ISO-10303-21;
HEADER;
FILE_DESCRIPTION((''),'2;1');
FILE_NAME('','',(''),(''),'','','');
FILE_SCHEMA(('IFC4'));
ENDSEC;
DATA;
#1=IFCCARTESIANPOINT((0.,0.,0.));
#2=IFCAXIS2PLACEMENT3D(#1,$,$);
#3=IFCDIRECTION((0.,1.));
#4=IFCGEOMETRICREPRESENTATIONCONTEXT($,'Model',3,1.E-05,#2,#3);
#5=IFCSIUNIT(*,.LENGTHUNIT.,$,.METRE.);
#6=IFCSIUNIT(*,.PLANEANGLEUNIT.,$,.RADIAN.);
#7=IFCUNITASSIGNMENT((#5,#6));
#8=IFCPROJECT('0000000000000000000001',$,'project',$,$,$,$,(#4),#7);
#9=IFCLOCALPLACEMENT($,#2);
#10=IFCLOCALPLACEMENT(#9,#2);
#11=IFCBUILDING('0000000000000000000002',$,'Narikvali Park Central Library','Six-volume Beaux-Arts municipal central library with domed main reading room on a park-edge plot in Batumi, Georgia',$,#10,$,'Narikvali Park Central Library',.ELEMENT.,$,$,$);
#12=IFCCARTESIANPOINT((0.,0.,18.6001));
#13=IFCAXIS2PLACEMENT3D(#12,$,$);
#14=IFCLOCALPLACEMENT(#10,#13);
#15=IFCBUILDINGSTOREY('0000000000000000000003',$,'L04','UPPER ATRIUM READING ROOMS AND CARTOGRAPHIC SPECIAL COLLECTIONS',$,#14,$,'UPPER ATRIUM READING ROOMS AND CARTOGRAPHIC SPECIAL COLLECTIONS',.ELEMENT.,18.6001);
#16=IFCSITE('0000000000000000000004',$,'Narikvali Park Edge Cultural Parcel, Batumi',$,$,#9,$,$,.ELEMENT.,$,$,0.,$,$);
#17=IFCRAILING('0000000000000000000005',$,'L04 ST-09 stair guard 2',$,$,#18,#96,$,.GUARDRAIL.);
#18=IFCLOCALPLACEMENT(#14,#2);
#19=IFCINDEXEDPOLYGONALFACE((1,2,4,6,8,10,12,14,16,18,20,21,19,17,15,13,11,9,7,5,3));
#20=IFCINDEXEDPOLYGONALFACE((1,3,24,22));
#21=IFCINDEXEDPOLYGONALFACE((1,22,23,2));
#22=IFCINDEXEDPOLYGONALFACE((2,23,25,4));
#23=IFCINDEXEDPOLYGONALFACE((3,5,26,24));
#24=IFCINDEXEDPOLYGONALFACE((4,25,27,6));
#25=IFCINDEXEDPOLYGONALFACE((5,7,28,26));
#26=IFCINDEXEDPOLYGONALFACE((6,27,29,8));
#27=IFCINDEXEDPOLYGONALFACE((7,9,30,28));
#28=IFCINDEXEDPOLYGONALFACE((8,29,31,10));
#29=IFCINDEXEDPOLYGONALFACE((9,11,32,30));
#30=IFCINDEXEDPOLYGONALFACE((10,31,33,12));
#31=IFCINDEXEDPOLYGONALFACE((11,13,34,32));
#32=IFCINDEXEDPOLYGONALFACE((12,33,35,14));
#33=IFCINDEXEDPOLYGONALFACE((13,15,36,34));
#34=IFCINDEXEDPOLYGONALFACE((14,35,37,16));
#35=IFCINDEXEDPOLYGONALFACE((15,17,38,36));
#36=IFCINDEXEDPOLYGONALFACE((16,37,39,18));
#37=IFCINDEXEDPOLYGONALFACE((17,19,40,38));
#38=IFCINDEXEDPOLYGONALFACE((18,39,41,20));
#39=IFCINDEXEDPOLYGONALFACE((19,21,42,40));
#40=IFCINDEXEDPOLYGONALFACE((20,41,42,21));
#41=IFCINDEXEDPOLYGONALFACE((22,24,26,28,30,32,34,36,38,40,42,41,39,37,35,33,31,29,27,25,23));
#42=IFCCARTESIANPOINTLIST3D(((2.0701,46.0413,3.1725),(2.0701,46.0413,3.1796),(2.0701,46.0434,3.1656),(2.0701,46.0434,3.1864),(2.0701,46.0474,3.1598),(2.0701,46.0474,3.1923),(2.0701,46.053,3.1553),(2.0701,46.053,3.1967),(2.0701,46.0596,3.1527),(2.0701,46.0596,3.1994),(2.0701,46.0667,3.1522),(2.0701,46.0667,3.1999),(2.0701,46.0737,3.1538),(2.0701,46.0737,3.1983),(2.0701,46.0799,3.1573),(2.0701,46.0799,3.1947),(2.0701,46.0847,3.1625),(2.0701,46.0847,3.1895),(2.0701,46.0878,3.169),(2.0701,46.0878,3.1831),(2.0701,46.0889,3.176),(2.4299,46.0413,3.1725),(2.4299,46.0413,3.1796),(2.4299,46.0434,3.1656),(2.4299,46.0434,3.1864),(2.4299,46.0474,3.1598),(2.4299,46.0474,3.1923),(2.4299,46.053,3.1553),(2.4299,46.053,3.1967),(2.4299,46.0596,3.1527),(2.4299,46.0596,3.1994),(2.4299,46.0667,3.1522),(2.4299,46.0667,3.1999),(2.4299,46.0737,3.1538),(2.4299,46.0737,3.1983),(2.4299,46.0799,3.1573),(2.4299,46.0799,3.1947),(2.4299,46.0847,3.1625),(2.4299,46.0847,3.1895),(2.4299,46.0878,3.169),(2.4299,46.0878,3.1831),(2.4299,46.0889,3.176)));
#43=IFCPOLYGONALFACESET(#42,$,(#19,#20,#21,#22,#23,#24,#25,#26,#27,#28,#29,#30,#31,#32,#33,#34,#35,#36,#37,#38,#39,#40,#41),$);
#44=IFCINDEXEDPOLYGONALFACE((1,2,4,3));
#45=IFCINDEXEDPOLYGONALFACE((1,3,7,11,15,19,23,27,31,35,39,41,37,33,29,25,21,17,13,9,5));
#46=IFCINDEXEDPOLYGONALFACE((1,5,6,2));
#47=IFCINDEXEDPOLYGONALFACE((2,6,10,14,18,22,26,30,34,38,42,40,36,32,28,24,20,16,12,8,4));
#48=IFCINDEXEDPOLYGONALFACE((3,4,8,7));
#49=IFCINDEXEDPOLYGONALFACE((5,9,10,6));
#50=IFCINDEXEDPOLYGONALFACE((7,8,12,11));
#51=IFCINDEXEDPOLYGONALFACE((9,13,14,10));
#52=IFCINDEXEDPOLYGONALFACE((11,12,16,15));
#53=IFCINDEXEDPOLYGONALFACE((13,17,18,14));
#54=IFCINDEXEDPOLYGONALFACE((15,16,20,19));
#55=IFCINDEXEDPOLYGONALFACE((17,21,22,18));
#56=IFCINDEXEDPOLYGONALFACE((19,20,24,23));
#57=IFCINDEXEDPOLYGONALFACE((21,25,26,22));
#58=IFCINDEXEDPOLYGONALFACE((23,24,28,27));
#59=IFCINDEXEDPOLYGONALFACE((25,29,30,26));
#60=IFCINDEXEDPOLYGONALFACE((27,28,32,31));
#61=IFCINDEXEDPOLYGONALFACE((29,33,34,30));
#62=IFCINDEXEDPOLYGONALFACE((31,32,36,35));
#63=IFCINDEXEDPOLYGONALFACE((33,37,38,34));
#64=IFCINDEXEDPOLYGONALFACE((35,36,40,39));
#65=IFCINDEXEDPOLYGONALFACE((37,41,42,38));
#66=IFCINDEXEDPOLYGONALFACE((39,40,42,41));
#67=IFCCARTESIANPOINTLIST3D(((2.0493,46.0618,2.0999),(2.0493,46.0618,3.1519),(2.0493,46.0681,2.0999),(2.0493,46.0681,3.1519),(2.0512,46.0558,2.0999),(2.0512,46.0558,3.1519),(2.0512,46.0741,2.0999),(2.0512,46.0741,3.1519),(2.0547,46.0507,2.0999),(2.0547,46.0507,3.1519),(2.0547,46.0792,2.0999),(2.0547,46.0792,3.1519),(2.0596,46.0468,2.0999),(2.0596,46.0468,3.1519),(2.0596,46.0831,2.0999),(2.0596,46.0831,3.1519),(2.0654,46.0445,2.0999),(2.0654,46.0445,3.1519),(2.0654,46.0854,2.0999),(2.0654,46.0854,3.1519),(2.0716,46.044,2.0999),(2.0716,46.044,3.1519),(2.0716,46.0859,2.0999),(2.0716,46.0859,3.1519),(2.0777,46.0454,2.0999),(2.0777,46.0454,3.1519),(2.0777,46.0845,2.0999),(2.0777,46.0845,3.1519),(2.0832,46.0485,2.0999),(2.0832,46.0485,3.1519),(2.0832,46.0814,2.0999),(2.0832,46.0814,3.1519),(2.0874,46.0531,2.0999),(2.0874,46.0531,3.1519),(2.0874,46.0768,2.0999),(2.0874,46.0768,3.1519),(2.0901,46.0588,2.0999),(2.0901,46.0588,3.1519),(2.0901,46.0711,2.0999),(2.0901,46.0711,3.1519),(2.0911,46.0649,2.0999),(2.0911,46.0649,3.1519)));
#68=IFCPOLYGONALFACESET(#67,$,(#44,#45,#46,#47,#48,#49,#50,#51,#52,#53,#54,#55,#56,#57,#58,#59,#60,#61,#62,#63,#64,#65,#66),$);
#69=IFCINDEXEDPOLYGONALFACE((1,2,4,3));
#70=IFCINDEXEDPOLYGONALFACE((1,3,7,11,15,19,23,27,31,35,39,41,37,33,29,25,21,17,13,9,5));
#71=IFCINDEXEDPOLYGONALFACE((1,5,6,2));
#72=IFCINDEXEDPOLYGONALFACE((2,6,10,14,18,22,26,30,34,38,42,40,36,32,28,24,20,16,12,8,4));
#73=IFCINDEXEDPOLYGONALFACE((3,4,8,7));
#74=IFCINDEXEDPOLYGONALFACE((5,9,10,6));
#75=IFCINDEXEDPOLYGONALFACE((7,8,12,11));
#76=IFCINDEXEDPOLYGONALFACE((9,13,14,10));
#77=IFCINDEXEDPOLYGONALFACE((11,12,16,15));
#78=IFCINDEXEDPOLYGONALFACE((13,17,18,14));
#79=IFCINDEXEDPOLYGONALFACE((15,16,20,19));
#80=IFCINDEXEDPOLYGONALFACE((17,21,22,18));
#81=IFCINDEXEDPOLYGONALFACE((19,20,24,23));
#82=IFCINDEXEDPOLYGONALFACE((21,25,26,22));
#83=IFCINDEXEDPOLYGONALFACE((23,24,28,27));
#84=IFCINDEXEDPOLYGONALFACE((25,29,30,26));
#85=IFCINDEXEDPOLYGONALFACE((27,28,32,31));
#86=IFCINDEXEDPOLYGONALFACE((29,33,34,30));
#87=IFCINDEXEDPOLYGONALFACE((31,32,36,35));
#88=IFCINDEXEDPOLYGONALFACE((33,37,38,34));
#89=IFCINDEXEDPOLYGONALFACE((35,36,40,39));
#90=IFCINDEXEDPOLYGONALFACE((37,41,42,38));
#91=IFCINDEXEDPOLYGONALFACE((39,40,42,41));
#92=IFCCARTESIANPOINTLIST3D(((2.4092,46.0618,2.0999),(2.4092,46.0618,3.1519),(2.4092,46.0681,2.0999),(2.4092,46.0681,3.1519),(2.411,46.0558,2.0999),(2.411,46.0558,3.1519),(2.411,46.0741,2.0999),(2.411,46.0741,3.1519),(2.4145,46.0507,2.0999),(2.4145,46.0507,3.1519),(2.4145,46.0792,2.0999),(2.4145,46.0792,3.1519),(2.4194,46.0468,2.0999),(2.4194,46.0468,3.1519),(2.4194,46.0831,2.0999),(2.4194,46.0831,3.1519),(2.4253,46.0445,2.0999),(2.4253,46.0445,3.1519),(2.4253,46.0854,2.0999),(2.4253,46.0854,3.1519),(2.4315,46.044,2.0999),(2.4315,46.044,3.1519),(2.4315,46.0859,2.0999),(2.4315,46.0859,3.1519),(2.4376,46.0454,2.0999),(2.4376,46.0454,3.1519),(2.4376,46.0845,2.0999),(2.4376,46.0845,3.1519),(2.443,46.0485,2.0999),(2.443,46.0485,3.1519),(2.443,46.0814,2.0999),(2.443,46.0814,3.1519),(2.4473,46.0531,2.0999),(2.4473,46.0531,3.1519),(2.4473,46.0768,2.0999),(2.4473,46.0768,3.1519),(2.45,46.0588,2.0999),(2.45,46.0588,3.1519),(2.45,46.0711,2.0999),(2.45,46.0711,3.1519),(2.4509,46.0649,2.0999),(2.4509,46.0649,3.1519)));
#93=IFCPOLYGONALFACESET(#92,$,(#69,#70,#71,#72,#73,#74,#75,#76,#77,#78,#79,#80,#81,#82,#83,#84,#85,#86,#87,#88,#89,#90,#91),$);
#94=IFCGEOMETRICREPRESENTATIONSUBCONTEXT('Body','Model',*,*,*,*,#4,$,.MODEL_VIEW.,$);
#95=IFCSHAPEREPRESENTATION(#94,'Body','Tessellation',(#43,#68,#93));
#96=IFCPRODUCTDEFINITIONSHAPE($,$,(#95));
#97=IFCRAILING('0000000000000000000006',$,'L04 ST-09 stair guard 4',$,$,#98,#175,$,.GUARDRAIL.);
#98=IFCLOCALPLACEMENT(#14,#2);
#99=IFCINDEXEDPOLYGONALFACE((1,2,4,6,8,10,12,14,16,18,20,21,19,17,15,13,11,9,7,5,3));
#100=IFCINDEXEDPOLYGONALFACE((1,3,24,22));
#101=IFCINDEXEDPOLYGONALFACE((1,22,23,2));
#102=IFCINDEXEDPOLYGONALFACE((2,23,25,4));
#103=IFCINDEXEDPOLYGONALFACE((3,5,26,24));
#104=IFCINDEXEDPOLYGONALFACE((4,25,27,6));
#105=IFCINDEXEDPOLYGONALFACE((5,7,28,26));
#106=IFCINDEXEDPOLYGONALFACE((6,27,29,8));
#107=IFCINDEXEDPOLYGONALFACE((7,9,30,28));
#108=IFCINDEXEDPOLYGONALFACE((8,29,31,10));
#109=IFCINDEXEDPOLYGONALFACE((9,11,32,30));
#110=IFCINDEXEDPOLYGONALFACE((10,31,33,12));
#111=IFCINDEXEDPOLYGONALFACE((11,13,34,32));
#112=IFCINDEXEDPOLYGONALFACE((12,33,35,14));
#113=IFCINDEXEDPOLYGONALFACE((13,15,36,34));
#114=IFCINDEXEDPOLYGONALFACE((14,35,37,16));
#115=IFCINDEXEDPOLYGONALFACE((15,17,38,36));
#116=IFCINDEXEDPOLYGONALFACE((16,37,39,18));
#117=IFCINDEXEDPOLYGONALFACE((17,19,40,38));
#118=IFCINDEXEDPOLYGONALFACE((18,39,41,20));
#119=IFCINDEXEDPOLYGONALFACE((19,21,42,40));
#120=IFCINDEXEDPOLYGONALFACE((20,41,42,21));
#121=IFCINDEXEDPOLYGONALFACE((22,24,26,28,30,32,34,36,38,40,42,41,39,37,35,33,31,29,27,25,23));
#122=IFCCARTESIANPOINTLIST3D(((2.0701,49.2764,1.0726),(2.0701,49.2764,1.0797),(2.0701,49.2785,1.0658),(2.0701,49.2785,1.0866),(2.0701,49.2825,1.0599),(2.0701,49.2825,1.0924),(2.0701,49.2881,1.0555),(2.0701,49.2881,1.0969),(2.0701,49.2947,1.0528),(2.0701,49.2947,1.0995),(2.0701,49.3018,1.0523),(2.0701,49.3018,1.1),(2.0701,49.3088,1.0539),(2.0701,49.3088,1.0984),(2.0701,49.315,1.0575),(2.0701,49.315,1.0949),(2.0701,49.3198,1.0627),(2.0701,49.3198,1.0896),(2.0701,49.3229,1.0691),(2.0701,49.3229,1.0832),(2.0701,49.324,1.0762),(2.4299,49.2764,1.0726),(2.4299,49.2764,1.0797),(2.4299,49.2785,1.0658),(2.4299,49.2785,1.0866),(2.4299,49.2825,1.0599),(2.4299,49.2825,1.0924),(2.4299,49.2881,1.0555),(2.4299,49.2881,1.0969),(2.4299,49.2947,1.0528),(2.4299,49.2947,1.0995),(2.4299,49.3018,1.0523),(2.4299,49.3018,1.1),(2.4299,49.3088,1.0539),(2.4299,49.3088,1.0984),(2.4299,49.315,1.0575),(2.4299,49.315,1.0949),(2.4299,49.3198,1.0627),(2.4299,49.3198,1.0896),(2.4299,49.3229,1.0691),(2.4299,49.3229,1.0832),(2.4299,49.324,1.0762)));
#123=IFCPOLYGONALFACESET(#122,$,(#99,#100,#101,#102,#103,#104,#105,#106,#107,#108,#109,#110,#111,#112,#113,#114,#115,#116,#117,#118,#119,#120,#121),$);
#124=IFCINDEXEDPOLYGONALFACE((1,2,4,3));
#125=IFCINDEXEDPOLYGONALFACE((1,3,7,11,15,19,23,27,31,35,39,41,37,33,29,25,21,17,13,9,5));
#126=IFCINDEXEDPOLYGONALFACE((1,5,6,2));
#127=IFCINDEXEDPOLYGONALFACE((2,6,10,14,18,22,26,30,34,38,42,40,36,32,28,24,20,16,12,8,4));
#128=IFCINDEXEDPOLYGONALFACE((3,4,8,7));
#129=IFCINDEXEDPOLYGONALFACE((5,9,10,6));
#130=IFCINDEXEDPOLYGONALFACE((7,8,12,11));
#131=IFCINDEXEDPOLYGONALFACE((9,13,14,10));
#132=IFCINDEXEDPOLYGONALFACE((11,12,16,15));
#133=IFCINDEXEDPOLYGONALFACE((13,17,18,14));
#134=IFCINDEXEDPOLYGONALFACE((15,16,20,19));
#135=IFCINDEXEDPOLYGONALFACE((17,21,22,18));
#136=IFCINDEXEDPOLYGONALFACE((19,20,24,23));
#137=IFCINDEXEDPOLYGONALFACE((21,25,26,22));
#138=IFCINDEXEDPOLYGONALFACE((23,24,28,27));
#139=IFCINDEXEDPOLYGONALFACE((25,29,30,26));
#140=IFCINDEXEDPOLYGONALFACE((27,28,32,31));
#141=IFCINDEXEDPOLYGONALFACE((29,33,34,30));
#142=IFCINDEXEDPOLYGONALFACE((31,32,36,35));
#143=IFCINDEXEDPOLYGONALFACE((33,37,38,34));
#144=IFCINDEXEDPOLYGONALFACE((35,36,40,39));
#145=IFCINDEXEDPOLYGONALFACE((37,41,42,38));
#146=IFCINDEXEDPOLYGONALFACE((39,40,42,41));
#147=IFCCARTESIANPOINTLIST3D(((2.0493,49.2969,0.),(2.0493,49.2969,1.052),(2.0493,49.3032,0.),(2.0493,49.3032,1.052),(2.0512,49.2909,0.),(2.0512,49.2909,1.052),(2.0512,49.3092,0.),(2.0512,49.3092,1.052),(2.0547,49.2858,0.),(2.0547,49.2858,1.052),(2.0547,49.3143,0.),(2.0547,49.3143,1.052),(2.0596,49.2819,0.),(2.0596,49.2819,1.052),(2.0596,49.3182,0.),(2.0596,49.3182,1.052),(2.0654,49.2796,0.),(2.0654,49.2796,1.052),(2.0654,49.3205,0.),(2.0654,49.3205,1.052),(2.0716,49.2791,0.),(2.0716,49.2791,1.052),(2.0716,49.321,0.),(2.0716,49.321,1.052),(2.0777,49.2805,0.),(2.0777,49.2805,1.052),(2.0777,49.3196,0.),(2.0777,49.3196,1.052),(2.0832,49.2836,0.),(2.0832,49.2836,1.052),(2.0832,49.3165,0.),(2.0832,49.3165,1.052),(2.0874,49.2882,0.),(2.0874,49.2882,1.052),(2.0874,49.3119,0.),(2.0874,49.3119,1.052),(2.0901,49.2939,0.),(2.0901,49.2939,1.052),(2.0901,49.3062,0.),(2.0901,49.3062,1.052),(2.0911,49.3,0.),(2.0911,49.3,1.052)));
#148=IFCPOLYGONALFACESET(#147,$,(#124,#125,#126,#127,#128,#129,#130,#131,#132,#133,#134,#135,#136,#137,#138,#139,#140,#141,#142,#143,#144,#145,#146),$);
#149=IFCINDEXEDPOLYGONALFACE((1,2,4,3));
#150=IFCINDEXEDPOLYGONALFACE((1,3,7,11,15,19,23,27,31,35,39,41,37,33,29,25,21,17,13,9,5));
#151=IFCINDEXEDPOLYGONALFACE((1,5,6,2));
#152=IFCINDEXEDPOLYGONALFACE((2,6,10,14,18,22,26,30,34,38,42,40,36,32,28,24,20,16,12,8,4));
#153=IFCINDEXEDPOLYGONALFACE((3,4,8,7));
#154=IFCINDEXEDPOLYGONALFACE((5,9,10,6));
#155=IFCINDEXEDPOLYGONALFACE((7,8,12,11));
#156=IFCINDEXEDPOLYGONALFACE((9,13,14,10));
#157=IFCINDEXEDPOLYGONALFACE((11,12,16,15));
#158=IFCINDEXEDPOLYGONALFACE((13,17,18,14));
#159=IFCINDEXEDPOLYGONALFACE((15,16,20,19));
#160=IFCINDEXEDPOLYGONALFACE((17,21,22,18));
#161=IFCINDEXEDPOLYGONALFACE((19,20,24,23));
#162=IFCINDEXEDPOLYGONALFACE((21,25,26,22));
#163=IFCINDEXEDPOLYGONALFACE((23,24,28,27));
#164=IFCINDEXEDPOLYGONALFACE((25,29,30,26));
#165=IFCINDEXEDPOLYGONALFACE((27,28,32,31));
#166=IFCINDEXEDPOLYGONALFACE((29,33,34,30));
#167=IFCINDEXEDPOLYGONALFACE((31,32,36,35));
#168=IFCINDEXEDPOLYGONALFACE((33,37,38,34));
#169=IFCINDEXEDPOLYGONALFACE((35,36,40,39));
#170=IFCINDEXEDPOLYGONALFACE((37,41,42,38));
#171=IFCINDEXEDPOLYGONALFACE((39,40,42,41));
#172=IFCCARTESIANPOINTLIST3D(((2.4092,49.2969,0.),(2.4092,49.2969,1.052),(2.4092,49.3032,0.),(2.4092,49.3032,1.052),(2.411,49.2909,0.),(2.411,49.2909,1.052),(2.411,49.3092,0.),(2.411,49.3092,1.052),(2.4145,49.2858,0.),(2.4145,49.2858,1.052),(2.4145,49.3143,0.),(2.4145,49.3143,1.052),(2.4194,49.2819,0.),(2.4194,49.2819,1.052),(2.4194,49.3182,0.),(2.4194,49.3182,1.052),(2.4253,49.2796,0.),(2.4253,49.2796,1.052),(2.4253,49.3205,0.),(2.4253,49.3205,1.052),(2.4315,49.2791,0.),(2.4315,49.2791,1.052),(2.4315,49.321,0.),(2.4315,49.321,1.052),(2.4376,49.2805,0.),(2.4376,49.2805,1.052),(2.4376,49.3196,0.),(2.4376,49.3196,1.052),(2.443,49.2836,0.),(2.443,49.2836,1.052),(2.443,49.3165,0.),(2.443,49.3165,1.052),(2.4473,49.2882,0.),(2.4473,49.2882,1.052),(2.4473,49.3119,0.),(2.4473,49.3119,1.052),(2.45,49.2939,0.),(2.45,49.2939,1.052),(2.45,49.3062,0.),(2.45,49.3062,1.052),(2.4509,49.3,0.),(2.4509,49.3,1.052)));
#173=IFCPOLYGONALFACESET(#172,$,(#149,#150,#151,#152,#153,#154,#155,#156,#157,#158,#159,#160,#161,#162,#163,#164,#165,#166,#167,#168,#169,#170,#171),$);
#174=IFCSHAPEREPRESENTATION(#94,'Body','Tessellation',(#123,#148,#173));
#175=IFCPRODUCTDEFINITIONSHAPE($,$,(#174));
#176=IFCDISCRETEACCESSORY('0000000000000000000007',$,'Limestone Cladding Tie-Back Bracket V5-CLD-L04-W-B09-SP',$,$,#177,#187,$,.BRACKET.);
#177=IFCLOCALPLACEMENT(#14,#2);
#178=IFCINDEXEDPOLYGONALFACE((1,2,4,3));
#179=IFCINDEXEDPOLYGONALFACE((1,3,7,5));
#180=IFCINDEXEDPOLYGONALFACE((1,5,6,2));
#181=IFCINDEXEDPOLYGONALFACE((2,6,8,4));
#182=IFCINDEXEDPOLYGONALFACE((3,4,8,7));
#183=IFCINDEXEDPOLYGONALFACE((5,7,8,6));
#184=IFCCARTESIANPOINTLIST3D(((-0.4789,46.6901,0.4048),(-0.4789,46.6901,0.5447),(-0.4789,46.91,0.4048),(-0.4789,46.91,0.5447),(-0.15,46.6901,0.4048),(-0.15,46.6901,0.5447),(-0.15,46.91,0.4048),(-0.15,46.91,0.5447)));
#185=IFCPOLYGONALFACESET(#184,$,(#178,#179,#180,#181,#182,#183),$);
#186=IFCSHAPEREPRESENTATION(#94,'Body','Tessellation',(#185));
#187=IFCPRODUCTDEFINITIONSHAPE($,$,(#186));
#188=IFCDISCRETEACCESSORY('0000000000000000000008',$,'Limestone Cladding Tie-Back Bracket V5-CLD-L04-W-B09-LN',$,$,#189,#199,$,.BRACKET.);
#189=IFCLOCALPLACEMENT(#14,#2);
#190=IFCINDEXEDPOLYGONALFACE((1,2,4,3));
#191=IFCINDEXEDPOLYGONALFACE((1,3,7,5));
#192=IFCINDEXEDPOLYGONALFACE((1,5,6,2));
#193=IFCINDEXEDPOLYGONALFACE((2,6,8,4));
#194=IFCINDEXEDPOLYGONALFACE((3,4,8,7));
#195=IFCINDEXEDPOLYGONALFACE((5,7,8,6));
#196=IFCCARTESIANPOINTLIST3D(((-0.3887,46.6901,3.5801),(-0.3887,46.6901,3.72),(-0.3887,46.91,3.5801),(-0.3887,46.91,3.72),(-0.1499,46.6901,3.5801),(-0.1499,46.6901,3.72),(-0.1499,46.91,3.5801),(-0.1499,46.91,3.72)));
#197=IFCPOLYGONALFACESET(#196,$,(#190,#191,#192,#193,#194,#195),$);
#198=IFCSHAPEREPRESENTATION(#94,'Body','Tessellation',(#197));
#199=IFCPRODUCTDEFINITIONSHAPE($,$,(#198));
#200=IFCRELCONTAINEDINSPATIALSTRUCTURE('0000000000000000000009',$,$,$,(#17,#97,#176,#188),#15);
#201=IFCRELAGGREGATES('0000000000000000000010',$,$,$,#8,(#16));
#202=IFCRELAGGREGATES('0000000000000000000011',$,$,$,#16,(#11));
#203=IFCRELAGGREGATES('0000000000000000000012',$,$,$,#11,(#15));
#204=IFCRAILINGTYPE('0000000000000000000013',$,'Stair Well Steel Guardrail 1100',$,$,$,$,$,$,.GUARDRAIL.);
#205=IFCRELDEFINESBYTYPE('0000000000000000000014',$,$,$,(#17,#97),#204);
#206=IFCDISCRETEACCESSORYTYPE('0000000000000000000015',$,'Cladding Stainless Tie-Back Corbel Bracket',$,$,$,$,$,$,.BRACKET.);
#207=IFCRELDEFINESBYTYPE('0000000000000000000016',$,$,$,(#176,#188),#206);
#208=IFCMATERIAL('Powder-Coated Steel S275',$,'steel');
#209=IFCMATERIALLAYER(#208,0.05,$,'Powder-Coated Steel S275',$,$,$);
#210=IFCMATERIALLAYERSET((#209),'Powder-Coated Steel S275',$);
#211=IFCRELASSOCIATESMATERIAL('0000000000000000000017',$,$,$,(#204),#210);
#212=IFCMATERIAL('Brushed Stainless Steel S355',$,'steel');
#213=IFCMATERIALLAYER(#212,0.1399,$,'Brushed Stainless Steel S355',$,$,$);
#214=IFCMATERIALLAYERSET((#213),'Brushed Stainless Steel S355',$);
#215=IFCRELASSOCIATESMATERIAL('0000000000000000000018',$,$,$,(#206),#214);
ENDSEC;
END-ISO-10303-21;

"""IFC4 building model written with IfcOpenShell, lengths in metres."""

from ifc_helpers import new_model, si_unit, direction, frame, origin, origin_2d, place, context, subcontext, project, spatial, rectangle, circle, extrude, material, layer, layer_set, type_object, element, save


model = new_model("IFC4")

# Units and contexts
model_context = context("Model", 3, precision=1e-05, world=origin(), true_north=direction((0.0, 1.0)))
body_context = subcontext(model_context, "Body", "Model", "MODEL_VIEW")
ifc_project = project(units=[si_unit("LENGTHUNIT", "METRE"), si_unit("PLANEANGLEUNIT", "RADIAN")], contexts=[model_context])

# Site, building, storey
site_placement = place(None, origin())
site = spatial("IfcSite", under=ifc_project, at=site_placement, Name="Narikvali Park Edge Cultural Parcel, Batumi", CompositionType="ELEMENT", RefElevation=0.0)
building_placement = place(site_placement, origin())
building = spatial("IfcBuilding", under=site, at=building_placement, Name="Narikvali Park Central Library", Description="Six-volume Beaux-Arts municipal central library with domed main reading room on a park-edge plot in Batumi, Georgia", LongName="Narikvali Park Central Library", CompositionType="ELEMENT")
storey_placement = place(building_placement, frame((0.0, 0.0, 18.6001)))
storey = spatial("IfcBuildingStorey", under=building, at=storey_placement, Name="L04", Description="UPPER ATRIUM READING ROOMS AND CARTOGRAPHIC SPECIAL COLLECTIONS", LongName="UPPER ATRIUM READING ROOMS AND CARTOGRAPHIC SPECIAL COLLECTIONS", CompositionType="ELEMENT", Elevation=18.6001)

# Railings
ifc_material_1 = material(Name="Brushed Stainless Steel S355", Category="steel")
ifc_material_2 = material(Name="Powder-Coated Steel S275", Category="steel")
ifc_layer_1 = layer(ifc_material_2, 0.05, Name="Powder-Coated Steel S275")
ifc_layer_set_1 = layer_set([ifc_layer_1], Name="Powder-Coated Steel S275")
railing_type_1 = type_object("IfcRailingType", Name="Stair Well Steel Guardrail 1100", PredefinedType="GUARDRAIL", material=ifc_layer_set_1)
for number, where, name in (
    (1, (2.0701, 46.0649, 2.0999), "L04 ST-09 stair guard 2"),
    (2, (2.0701, 49.3, 0.0), "L04 ST-09 stair guard 4"),
):
    element("IfcRailing", number, at=place(storey_placement, frame(where)), inside=storey, type_object=railing_type_1, Name=name, PredefinedType="GUARDRAIL", context=body_context, shape_type="SweptSolid", body=[
        extrude(circle(Radius=0.0239, at=origin_2d()), frame((0.0, 0.0, 1.0762), z_axis=(1.0, 0.0, 0.0), x_axis=(0.0, 1.0, 0.0)), (0.0, 0.0, 1.0), 0.3599),
        extrude(circle(Radius=0.021, at=origin_2d()), origin(), (0.0, 0.0, 1.0), 1.052),
        extrude(circle(Radius=0.021, at=origin_2d()), frame((0.3599, 0.0, 0.0)), (0.0, 0.0, 1.0), 1.052),
    ])

# Discrete accessories
ifc_layer_2 = layer(ifc_material_1, 0.1399, Name="Brushed Stainless Steel S355")
ifc_layer_set_2 = layer_set([ifc_layer_2], Name="Brushed Stainless Steel S355")
discrete_accessory_type = type_object("IfcDiscreteAccessoryType", Name="Cladding Stainless Tie-Back Corbel Bracket", PredefinedType="BRACKET", material=ifc_layer_set_2)
discrete_accessory_1_placement = place(storey_placement, frame((-0.3145, 46.8, 0.4048), z_axis=(0.0, 0.0, 1.0), x_axis=(1.0, 0.0, 0.0)))
element("IfcDiscreteAccessory", 3, at=discrete_accessory_1_placement, inside=storey, type_object=discrete_accessory_type, Name="Limestone Cladding Tie-Back Bracket V5-CLD-L04-W-B09-SP", PredefinedType="BRACKET", context=body_context, shape_type="SweptSolid", body=[
    extrude(rectangle(XDim=0.3289, YDim=0.22, at=origin_2d()), origin(), (0.0, 0.0, 1.0), 0.1399),
])
discrete_accessory_2_placement = place(storey_placement, frame((-0.2693, 46.8, 3.5801), z_axis=(0.0, 0.0, 1.0), x_axis=(1.0, 0.0, 0.0)))
element("IfcDiscreteAccessory", 4, at=discrete_accessory_2_placement, inside=storey, type_object=discrete_accessory_type, Name="Limestone Cladding Tie-Back Bracket V5-CLD-L04-W-B09-LN", PredefinedType="BRACKET", context=body_context, shape_type="SweptSolid", body=[
    extrude(rectangle(XDim=0.2388, YDim=0.22, at=origin_2d()), origin(), (0.0, 0.0, 1.0), 0.1399),
])

save(model, "model.ifc")
